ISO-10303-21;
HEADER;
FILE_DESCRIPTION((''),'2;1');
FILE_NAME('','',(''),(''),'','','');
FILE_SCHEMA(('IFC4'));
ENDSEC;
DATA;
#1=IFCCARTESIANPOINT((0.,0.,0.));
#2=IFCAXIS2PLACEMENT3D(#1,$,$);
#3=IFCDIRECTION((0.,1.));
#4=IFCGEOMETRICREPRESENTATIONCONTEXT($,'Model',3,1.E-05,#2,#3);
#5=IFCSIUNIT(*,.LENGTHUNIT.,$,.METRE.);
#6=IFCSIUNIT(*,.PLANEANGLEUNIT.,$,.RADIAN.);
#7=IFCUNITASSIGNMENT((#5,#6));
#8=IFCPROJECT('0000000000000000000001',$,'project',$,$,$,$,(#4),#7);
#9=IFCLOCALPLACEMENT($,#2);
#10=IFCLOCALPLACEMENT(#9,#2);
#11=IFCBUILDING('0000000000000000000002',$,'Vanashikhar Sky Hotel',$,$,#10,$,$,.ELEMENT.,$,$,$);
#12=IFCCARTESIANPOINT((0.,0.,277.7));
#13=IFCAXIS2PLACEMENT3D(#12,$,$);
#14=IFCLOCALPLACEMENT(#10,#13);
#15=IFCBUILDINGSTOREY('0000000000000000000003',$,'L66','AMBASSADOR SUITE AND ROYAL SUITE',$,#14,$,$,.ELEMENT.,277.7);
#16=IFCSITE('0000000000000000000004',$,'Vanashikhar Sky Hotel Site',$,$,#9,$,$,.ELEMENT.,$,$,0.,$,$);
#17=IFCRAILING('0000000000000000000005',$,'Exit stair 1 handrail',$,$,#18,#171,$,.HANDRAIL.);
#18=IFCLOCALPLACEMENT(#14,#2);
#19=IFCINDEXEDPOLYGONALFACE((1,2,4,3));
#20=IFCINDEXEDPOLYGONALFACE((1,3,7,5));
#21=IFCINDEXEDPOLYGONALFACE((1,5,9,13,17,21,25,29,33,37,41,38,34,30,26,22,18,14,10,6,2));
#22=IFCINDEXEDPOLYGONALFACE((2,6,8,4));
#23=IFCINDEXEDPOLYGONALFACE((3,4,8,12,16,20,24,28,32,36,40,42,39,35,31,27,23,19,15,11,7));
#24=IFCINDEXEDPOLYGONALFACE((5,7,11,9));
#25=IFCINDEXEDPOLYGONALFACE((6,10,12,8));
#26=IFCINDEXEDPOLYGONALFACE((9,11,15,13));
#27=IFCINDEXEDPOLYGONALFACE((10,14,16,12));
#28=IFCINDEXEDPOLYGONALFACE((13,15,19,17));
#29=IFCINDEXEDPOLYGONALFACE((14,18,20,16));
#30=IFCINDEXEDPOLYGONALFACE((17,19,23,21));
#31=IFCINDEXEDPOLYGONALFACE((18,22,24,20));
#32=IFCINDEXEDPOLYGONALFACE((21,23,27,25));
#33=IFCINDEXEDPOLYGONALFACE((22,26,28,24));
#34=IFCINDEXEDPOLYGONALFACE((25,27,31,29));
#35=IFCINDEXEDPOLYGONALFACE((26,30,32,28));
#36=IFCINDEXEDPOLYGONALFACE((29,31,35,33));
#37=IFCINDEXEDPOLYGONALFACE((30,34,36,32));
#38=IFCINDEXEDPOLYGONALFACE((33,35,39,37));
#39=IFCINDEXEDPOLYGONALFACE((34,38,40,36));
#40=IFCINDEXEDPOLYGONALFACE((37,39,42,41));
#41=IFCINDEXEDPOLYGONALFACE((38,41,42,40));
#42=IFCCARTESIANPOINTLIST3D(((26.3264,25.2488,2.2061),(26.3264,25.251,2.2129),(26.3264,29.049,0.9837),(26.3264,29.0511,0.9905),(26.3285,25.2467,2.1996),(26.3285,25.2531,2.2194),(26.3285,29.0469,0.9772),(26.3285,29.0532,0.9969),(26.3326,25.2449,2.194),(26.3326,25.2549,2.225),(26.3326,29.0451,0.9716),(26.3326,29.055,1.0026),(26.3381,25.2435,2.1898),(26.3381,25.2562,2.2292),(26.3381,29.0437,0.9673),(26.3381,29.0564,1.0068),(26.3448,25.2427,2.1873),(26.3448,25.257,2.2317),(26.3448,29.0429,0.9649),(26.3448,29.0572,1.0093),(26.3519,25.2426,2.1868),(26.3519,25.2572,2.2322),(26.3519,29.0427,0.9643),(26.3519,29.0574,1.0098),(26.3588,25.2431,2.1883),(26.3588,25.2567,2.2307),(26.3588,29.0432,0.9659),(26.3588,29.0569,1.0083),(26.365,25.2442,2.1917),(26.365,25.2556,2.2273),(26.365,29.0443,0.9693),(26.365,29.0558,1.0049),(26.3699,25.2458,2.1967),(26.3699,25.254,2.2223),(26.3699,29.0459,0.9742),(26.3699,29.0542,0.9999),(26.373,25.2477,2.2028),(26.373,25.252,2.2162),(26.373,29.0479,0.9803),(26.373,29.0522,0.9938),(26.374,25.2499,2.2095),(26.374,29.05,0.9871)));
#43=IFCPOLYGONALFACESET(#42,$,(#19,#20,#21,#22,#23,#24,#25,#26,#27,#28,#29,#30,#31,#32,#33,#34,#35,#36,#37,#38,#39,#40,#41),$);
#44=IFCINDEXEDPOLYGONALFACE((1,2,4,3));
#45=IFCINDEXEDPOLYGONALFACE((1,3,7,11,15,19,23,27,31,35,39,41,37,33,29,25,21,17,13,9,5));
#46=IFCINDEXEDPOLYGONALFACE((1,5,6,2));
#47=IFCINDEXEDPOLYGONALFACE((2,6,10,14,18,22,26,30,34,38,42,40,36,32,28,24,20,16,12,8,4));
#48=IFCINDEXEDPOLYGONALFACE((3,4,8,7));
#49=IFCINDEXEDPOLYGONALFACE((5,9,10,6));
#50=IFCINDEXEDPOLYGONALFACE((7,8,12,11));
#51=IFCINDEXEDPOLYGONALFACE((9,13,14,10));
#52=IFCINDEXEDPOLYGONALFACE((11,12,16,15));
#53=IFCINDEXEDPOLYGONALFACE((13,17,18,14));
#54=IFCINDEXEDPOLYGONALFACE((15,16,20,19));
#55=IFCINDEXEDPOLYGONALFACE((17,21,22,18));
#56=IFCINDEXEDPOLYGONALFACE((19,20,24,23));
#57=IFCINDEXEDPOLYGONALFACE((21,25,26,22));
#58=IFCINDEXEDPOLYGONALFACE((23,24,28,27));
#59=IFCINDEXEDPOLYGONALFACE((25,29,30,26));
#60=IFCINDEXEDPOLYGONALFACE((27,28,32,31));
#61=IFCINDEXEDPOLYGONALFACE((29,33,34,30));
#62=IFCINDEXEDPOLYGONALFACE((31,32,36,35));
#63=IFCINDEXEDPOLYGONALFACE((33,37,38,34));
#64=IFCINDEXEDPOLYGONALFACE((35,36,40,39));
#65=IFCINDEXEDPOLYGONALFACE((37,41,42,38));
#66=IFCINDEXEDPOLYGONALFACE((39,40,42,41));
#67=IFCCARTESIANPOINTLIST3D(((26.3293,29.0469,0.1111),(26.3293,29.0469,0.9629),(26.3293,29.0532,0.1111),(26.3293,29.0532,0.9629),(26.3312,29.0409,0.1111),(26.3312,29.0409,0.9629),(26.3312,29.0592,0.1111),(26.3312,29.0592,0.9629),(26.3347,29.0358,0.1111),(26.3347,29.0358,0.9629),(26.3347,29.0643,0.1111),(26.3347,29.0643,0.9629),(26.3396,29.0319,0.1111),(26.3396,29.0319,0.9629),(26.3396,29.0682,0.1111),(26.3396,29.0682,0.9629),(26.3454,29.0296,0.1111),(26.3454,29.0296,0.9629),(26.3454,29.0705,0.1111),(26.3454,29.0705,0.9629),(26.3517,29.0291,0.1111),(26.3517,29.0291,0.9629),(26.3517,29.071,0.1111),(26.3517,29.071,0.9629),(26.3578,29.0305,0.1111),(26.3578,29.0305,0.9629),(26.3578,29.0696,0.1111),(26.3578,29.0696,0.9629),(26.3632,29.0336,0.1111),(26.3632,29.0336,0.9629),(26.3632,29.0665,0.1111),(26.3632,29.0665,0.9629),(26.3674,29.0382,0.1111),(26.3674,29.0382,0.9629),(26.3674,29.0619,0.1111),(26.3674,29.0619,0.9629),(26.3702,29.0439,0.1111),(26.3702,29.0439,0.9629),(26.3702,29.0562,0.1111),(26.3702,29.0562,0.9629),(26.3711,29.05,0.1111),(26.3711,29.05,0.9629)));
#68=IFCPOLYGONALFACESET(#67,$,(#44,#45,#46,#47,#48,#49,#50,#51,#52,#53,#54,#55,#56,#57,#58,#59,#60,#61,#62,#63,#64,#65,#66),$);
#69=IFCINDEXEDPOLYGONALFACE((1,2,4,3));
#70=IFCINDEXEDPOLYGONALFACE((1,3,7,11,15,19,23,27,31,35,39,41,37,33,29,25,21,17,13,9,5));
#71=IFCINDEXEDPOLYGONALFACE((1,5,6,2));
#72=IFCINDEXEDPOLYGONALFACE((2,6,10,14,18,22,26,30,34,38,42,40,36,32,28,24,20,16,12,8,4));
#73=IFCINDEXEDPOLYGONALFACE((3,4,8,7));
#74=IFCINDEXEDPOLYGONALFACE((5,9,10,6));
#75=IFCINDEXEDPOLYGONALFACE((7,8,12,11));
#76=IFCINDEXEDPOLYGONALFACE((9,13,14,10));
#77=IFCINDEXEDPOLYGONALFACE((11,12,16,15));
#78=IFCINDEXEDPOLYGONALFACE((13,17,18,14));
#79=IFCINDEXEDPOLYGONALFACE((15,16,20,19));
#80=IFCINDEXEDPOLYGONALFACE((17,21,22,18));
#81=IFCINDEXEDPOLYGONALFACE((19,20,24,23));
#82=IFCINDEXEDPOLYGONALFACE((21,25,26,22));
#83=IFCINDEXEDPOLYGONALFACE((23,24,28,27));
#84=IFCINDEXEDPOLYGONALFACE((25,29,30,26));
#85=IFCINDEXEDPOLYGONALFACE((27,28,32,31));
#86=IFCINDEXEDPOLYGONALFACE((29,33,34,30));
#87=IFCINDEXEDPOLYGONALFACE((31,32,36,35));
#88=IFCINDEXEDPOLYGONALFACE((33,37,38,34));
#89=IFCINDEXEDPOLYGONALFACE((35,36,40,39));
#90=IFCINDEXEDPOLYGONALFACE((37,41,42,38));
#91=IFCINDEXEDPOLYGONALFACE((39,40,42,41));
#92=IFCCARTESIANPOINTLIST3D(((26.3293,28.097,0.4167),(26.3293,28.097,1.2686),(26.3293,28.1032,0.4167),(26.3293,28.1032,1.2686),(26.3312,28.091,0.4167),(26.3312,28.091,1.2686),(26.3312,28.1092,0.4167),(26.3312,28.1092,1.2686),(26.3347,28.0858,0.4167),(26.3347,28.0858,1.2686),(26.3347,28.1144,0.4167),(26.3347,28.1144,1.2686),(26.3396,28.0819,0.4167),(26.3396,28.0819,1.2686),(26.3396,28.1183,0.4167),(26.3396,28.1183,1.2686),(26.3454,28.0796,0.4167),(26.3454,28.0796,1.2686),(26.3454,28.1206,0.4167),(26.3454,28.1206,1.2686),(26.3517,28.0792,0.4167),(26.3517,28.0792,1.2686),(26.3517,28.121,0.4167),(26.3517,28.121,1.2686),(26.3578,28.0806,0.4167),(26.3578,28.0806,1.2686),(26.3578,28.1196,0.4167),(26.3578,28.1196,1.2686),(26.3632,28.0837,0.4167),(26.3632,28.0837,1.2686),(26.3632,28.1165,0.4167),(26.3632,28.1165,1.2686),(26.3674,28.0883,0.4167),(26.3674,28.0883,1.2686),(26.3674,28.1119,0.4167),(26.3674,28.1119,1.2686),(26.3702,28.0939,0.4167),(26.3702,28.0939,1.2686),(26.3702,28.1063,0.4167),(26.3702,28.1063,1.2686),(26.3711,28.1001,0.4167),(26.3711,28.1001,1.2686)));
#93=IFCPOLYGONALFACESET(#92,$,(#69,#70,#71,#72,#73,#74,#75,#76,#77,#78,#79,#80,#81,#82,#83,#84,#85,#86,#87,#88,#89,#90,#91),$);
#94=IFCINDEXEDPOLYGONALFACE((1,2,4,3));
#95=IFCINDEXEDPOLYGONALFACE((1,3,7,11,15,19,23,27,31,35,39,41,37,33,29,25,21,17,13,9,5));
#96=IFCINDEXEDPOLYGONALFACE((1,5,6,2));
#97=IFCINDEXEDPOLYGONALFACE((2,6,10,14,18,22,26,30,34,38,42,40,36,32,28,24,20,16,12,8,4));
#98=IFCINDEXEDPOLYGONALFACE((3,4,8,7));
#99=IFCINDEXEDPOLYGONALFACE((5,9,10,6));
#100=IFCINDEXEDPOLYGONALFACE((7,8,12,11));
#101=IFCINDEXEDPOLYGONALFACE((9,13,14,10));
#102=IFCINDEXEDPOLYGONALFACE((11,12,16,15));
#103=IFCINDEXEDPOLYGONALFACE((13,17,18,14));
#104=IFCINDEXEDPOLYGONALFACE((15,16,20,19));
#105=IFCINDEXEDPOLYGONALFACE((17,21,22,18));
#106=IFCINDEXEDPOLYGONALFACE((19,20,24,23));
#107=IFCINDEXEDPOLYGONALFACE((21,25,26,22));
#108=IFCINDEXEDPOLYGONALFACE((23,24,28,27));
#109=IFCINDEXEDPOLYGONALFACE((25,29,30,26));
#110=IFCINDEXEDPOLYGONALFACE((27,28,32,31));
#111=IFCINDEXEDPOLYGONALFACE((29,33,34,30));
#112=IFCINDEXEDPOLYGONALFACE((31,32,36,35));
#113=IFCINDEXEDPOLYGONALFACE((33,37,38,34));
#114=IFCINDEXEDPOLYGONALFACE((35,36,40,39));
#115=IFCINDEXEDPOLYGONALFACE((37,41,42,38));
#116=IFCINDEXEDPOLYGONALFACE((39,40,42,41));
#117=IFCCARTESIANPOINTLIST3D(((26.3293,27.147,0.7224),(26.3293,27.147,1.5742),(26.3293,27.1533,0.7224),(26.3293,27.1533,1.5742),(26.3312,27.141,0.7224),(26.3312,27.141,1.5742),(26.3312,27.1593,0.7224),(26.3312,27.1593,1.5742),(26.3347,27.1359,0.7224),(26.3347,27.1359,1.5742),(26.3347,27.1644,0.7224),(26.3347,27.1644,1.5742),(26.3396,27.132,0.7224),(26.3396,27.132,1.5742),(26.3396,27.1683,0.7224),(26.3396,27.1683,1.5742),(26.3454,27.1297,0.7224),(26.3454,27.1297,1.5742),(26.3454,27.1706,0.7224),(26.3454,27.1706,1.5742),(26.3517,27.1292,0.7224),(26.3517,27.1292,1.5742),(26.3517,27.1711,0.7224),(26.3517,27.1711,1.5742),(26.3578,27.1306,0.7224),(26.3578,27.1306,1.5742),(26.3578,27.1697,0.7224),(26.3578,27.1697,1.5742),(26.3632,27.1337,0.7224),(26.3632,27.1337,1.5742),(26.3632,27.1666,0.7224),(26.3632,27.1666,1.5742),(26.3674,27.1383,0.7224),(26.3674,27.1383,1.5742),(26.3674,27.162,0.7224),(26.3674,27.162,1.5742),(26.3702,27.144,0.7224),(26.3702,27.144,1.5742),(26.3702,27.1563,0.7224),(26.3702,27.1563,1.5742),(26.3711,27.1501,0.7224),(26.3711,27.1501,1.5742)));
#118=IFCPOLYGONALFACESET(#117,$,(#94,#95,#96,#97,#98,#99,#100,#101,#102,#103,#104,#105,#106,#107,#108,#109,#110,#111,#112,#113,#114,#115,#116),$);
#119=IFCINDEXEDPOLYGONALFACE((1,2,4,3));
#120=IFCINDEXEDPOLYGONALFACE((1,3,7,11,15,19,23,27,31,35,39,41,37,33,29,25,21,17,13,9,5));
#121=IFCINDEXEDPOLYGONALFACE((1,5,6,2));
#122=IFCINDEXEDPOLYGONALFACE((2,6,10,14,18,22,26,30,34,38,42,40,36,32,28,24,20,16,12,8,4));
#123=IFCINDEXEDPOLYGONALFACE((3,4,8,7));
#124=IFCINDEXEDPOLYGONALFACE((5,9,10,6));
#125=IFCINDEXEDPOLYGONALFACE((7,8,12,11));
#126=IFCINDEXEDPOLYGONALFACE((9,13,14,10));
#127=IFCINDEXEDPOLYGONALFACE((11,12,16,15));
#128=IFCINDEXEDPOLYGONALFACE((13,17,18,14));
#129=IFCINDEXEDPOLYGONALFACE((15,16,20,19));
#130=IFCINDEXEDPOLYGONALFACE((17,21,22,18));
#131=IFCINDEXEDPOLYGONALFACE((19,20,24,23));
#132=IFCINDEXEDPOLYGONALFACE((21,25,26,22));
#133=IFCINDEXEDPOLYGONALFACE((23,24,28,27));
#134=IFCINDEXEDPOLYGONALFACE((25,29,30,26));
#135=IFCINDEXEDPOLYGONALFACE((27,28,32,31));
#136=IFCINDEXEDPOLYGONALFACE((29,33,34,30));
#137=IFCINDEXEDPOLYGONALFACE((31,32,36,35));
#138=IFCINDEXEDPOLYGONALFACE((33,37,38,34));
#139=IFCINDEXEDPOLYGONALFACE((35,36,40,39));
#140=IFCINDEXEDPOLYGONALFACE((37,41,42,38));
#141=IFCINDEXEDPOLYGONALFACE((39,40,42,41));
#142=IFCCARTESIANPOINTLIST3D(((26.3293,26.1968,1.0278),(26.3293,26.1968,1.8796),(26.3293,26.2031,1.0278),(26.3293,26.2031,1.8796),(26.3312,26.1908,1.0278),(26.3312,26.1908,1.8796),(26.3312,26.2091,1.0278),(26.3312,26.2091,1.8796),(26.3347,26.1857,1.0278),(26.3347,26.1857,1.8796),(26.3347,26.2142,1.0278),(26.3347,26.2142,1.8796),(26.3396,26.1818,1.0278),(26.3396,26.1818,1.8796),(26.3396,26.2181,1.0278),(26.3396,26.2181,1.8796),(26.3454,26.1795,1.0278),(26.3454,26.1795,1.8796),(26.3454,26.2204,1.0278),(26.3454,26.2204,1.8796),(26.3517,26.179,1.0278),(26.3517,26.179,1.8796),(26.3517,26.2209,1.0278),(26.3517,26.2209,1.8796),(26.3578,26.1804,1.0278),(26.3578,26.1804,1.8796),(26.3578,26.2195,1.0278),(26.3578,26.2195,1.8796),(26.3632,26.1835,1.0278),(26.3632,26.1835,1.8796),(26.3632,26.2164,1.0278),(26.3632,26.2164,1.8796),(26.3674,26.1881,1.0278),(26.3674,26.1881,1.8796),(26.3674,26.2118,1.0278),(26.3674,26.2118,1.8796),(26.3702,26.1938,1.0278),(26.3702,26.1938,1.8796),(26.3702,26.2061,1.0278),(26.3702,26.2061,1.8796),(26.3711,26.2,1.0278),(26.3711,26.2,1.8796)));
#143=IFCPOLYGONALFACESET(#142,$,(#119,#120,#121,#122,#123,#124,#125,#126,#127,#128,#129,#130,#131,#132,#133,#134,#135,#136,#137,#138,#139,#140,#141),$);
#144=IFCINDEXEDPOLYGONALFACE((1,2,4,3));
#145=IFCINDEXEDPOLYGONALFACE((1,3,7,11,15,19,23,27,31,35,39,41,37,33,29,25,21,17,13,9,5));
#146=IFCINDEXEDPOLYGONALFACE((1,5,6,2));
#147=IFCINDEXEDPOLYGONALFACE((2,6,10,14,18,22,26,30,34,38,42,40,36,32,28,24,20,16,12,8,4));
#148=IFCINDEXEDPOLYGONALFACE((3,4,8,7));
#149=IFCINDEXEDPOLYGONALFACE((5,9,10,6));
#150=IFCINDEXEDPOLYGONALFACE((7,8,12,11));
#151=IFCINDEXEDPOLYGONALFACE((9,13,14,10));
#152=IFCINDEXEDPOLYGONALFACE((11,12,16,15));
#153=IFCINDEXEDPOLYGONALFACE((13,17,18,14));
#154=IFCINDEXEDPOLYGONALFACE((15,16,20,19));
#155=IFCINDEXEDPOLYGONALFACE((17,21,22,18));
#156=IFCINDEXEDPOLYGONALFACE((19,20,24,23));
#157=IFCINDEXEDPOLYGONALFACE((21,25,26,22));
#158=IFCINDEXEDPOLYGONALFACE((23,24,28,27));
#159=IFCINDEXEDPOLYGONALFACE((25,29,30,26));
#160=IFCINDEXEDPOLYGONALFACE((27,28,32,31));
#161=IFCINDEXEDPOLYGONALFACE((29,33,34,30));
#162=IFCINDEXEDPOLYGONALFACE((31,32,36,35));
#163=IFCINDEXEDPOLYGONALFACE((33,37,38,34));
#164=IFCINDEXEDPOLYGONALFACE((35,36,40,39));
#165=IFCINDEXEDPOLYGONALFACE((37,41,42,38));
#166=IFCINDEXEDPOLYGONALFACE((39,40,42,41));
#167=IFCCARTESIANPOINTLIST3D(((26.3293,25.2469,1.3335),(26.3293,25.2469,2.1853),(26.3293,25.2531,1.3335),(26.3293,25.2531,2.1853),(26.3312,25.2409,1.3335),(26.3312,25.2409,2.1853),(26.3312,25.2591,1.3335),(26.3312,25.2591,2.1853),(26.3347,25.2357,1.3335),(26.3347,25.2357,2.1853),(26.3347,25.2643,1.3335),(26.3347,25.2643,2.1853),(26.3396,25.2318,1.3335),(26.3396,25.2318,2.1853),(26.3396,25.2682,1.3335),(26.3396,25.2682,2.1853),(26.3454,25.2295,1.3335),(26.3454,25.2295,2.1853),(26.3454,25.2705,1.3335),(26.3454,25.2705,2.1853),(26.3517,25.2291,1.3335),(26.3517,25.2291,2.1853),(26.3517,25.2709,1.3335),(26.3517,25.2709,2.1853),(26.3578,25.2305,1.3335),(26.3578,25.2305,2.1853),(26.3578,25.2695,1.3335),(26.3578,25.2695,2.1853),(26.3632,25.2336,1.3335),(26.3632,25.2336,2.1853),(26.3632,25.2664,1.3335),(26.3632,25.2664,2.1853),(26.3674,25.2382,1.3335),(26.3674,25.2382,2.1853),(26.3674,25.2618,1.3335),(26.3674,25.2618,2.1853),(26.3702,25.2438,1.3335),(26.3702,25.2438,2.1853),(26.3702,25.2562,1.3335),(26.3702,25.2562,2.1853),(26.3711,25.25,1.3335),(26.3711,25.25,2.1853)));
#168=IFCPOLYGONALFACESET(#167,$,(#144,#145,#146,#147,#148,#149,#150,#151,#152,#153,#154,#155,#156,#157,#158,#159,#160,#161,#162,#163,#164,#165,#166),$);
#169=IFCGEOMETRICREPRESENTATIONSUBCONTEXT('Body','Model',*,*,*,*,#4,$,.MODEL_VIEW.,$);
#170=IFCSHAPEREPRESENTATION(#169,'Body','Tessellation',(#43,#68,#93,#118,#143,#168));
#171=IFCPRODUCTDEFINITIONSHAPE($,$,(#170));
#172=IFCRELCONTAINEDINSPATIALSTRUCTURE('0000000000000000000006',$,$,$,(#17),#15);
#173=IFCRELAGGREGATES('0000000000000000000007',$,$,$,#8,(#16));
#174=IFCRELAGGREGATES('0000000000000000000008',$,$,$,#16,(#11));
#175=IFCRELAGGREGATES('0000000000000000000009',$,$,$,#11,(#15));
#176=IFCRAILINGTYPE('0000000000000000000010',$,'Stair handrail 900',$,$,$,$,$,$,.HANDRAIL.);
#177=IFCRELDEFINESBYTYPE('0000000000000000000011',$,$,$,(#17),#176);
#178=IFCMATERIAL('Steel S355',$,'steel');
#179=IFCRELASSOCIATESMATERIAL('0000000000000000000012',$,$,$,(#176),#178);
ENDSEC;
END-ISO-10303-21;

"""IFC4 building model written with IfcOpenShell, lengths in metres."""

from ifc_helpers import new_model, si_unit, direction, frame, origin, origin_2d, place, context, subcontext, project, spatial, circle, extrude, source, transform, mapped, material, type_object, element, save


model = new_model("IFC4")

# Units and contexts
model_context = context("Model", 3, precision=1e-05, world=origin(), true_north=direction((0.0, 1.0)))
body_context = subcontext(model_context, "Body", "Model", "MODEL_VIEW")
ifc_project = project(units=[si_unit("LENGTHUNIT", "METRE"), si_unit("PLANEANGLEUNIT", "RADIAN")], contexts=[model_context])

# Site, building, storey
site_placement = place(None, origin())
site = spatial("IfcSite", under=ifc_project, at=site_placement, Name="Vanashikhar Sky Hotel Site", CompositionType="ELEMENT", RefElevation=0.0)
building_placement = place(site_placement, origin())
building = spatial("IfcBuilding", under=site, at=building_placement, Name="Vanashikhar Sky Hotel", CompositionType="ELEMENT")
storey_placement = place(building_placement, frame((0.0, 0.0, 277.7)))
storey = spatial("IfcBuildingStorey", under=building, at=storey_placement, Name="L66", Description="AMBASSADOR SUITE AND ROYAL SUITE", CompositionType="ELEMENT", Elevation=277.7)

# Railing
ifc_material_1 = material(Name="Steel S355", Category="steel")
railing_type_1 = type_object("IfcRailingType", Name="Stair handrail 900", PredefinedType="HANDRAIL", material=ifc_material_1)
shared_shape_1 = source(origin(), body_context, "Body", "SweptSolid", [
    extrude(circle(Radius=0.0239, at=origin_2d()), frame((0.0, 0.0, 0.876), z_axis=(0.0, -0.951958, 0.306229), x_axis=(1.0, 0.0, 0.0)), (0.0, 0.0, 1.0), 3.9919),
    extrude(circle(Radius=0.021, at=origin_2d()), origin(), (0.0, 0.0, 1.0), 0.8518),
    extrude(circle(Radius=0.021, at=origin_2d()), frame((0.0, -0.95, 0.3057)), (0.0, 0.0, 1.0), 0.8518),
    extrude(circle(Radius=0.021, at=origin_2d()), frame((0.0, -1.8999, 0.6113)), (0.0, 0.0, 1.0), 0.8518),
    extrude(circle(Radius=0.021, at=origin_2d()), frame((0.0, -2.8501, 0.9167)), (0.0, 0.0, 1.0), 0.8518),
    extrude(circle(Radius=0.021, at=origin_2d()), frame((0.0, -3.8, 1.2224)), (0.0, 0.0, 1.0), 0.8518),
])
railing_1_placement = place(storey_placement, frame((26.3501, 29.05, 0.1111)))
element("IfcRailing", 1, at=railing_1_placement, inside=storey, type_object=railing_type_1, Name="Exit stair 1 handrail", PredefinedType="HANDRAIL", context=body_context, shape_type="MappedRepresentation", body=[
    mapped(shared_shape_1, transform((0.0, 0.0, 0.0), scale=1.0)),
])

save(model, "model.ifc")
